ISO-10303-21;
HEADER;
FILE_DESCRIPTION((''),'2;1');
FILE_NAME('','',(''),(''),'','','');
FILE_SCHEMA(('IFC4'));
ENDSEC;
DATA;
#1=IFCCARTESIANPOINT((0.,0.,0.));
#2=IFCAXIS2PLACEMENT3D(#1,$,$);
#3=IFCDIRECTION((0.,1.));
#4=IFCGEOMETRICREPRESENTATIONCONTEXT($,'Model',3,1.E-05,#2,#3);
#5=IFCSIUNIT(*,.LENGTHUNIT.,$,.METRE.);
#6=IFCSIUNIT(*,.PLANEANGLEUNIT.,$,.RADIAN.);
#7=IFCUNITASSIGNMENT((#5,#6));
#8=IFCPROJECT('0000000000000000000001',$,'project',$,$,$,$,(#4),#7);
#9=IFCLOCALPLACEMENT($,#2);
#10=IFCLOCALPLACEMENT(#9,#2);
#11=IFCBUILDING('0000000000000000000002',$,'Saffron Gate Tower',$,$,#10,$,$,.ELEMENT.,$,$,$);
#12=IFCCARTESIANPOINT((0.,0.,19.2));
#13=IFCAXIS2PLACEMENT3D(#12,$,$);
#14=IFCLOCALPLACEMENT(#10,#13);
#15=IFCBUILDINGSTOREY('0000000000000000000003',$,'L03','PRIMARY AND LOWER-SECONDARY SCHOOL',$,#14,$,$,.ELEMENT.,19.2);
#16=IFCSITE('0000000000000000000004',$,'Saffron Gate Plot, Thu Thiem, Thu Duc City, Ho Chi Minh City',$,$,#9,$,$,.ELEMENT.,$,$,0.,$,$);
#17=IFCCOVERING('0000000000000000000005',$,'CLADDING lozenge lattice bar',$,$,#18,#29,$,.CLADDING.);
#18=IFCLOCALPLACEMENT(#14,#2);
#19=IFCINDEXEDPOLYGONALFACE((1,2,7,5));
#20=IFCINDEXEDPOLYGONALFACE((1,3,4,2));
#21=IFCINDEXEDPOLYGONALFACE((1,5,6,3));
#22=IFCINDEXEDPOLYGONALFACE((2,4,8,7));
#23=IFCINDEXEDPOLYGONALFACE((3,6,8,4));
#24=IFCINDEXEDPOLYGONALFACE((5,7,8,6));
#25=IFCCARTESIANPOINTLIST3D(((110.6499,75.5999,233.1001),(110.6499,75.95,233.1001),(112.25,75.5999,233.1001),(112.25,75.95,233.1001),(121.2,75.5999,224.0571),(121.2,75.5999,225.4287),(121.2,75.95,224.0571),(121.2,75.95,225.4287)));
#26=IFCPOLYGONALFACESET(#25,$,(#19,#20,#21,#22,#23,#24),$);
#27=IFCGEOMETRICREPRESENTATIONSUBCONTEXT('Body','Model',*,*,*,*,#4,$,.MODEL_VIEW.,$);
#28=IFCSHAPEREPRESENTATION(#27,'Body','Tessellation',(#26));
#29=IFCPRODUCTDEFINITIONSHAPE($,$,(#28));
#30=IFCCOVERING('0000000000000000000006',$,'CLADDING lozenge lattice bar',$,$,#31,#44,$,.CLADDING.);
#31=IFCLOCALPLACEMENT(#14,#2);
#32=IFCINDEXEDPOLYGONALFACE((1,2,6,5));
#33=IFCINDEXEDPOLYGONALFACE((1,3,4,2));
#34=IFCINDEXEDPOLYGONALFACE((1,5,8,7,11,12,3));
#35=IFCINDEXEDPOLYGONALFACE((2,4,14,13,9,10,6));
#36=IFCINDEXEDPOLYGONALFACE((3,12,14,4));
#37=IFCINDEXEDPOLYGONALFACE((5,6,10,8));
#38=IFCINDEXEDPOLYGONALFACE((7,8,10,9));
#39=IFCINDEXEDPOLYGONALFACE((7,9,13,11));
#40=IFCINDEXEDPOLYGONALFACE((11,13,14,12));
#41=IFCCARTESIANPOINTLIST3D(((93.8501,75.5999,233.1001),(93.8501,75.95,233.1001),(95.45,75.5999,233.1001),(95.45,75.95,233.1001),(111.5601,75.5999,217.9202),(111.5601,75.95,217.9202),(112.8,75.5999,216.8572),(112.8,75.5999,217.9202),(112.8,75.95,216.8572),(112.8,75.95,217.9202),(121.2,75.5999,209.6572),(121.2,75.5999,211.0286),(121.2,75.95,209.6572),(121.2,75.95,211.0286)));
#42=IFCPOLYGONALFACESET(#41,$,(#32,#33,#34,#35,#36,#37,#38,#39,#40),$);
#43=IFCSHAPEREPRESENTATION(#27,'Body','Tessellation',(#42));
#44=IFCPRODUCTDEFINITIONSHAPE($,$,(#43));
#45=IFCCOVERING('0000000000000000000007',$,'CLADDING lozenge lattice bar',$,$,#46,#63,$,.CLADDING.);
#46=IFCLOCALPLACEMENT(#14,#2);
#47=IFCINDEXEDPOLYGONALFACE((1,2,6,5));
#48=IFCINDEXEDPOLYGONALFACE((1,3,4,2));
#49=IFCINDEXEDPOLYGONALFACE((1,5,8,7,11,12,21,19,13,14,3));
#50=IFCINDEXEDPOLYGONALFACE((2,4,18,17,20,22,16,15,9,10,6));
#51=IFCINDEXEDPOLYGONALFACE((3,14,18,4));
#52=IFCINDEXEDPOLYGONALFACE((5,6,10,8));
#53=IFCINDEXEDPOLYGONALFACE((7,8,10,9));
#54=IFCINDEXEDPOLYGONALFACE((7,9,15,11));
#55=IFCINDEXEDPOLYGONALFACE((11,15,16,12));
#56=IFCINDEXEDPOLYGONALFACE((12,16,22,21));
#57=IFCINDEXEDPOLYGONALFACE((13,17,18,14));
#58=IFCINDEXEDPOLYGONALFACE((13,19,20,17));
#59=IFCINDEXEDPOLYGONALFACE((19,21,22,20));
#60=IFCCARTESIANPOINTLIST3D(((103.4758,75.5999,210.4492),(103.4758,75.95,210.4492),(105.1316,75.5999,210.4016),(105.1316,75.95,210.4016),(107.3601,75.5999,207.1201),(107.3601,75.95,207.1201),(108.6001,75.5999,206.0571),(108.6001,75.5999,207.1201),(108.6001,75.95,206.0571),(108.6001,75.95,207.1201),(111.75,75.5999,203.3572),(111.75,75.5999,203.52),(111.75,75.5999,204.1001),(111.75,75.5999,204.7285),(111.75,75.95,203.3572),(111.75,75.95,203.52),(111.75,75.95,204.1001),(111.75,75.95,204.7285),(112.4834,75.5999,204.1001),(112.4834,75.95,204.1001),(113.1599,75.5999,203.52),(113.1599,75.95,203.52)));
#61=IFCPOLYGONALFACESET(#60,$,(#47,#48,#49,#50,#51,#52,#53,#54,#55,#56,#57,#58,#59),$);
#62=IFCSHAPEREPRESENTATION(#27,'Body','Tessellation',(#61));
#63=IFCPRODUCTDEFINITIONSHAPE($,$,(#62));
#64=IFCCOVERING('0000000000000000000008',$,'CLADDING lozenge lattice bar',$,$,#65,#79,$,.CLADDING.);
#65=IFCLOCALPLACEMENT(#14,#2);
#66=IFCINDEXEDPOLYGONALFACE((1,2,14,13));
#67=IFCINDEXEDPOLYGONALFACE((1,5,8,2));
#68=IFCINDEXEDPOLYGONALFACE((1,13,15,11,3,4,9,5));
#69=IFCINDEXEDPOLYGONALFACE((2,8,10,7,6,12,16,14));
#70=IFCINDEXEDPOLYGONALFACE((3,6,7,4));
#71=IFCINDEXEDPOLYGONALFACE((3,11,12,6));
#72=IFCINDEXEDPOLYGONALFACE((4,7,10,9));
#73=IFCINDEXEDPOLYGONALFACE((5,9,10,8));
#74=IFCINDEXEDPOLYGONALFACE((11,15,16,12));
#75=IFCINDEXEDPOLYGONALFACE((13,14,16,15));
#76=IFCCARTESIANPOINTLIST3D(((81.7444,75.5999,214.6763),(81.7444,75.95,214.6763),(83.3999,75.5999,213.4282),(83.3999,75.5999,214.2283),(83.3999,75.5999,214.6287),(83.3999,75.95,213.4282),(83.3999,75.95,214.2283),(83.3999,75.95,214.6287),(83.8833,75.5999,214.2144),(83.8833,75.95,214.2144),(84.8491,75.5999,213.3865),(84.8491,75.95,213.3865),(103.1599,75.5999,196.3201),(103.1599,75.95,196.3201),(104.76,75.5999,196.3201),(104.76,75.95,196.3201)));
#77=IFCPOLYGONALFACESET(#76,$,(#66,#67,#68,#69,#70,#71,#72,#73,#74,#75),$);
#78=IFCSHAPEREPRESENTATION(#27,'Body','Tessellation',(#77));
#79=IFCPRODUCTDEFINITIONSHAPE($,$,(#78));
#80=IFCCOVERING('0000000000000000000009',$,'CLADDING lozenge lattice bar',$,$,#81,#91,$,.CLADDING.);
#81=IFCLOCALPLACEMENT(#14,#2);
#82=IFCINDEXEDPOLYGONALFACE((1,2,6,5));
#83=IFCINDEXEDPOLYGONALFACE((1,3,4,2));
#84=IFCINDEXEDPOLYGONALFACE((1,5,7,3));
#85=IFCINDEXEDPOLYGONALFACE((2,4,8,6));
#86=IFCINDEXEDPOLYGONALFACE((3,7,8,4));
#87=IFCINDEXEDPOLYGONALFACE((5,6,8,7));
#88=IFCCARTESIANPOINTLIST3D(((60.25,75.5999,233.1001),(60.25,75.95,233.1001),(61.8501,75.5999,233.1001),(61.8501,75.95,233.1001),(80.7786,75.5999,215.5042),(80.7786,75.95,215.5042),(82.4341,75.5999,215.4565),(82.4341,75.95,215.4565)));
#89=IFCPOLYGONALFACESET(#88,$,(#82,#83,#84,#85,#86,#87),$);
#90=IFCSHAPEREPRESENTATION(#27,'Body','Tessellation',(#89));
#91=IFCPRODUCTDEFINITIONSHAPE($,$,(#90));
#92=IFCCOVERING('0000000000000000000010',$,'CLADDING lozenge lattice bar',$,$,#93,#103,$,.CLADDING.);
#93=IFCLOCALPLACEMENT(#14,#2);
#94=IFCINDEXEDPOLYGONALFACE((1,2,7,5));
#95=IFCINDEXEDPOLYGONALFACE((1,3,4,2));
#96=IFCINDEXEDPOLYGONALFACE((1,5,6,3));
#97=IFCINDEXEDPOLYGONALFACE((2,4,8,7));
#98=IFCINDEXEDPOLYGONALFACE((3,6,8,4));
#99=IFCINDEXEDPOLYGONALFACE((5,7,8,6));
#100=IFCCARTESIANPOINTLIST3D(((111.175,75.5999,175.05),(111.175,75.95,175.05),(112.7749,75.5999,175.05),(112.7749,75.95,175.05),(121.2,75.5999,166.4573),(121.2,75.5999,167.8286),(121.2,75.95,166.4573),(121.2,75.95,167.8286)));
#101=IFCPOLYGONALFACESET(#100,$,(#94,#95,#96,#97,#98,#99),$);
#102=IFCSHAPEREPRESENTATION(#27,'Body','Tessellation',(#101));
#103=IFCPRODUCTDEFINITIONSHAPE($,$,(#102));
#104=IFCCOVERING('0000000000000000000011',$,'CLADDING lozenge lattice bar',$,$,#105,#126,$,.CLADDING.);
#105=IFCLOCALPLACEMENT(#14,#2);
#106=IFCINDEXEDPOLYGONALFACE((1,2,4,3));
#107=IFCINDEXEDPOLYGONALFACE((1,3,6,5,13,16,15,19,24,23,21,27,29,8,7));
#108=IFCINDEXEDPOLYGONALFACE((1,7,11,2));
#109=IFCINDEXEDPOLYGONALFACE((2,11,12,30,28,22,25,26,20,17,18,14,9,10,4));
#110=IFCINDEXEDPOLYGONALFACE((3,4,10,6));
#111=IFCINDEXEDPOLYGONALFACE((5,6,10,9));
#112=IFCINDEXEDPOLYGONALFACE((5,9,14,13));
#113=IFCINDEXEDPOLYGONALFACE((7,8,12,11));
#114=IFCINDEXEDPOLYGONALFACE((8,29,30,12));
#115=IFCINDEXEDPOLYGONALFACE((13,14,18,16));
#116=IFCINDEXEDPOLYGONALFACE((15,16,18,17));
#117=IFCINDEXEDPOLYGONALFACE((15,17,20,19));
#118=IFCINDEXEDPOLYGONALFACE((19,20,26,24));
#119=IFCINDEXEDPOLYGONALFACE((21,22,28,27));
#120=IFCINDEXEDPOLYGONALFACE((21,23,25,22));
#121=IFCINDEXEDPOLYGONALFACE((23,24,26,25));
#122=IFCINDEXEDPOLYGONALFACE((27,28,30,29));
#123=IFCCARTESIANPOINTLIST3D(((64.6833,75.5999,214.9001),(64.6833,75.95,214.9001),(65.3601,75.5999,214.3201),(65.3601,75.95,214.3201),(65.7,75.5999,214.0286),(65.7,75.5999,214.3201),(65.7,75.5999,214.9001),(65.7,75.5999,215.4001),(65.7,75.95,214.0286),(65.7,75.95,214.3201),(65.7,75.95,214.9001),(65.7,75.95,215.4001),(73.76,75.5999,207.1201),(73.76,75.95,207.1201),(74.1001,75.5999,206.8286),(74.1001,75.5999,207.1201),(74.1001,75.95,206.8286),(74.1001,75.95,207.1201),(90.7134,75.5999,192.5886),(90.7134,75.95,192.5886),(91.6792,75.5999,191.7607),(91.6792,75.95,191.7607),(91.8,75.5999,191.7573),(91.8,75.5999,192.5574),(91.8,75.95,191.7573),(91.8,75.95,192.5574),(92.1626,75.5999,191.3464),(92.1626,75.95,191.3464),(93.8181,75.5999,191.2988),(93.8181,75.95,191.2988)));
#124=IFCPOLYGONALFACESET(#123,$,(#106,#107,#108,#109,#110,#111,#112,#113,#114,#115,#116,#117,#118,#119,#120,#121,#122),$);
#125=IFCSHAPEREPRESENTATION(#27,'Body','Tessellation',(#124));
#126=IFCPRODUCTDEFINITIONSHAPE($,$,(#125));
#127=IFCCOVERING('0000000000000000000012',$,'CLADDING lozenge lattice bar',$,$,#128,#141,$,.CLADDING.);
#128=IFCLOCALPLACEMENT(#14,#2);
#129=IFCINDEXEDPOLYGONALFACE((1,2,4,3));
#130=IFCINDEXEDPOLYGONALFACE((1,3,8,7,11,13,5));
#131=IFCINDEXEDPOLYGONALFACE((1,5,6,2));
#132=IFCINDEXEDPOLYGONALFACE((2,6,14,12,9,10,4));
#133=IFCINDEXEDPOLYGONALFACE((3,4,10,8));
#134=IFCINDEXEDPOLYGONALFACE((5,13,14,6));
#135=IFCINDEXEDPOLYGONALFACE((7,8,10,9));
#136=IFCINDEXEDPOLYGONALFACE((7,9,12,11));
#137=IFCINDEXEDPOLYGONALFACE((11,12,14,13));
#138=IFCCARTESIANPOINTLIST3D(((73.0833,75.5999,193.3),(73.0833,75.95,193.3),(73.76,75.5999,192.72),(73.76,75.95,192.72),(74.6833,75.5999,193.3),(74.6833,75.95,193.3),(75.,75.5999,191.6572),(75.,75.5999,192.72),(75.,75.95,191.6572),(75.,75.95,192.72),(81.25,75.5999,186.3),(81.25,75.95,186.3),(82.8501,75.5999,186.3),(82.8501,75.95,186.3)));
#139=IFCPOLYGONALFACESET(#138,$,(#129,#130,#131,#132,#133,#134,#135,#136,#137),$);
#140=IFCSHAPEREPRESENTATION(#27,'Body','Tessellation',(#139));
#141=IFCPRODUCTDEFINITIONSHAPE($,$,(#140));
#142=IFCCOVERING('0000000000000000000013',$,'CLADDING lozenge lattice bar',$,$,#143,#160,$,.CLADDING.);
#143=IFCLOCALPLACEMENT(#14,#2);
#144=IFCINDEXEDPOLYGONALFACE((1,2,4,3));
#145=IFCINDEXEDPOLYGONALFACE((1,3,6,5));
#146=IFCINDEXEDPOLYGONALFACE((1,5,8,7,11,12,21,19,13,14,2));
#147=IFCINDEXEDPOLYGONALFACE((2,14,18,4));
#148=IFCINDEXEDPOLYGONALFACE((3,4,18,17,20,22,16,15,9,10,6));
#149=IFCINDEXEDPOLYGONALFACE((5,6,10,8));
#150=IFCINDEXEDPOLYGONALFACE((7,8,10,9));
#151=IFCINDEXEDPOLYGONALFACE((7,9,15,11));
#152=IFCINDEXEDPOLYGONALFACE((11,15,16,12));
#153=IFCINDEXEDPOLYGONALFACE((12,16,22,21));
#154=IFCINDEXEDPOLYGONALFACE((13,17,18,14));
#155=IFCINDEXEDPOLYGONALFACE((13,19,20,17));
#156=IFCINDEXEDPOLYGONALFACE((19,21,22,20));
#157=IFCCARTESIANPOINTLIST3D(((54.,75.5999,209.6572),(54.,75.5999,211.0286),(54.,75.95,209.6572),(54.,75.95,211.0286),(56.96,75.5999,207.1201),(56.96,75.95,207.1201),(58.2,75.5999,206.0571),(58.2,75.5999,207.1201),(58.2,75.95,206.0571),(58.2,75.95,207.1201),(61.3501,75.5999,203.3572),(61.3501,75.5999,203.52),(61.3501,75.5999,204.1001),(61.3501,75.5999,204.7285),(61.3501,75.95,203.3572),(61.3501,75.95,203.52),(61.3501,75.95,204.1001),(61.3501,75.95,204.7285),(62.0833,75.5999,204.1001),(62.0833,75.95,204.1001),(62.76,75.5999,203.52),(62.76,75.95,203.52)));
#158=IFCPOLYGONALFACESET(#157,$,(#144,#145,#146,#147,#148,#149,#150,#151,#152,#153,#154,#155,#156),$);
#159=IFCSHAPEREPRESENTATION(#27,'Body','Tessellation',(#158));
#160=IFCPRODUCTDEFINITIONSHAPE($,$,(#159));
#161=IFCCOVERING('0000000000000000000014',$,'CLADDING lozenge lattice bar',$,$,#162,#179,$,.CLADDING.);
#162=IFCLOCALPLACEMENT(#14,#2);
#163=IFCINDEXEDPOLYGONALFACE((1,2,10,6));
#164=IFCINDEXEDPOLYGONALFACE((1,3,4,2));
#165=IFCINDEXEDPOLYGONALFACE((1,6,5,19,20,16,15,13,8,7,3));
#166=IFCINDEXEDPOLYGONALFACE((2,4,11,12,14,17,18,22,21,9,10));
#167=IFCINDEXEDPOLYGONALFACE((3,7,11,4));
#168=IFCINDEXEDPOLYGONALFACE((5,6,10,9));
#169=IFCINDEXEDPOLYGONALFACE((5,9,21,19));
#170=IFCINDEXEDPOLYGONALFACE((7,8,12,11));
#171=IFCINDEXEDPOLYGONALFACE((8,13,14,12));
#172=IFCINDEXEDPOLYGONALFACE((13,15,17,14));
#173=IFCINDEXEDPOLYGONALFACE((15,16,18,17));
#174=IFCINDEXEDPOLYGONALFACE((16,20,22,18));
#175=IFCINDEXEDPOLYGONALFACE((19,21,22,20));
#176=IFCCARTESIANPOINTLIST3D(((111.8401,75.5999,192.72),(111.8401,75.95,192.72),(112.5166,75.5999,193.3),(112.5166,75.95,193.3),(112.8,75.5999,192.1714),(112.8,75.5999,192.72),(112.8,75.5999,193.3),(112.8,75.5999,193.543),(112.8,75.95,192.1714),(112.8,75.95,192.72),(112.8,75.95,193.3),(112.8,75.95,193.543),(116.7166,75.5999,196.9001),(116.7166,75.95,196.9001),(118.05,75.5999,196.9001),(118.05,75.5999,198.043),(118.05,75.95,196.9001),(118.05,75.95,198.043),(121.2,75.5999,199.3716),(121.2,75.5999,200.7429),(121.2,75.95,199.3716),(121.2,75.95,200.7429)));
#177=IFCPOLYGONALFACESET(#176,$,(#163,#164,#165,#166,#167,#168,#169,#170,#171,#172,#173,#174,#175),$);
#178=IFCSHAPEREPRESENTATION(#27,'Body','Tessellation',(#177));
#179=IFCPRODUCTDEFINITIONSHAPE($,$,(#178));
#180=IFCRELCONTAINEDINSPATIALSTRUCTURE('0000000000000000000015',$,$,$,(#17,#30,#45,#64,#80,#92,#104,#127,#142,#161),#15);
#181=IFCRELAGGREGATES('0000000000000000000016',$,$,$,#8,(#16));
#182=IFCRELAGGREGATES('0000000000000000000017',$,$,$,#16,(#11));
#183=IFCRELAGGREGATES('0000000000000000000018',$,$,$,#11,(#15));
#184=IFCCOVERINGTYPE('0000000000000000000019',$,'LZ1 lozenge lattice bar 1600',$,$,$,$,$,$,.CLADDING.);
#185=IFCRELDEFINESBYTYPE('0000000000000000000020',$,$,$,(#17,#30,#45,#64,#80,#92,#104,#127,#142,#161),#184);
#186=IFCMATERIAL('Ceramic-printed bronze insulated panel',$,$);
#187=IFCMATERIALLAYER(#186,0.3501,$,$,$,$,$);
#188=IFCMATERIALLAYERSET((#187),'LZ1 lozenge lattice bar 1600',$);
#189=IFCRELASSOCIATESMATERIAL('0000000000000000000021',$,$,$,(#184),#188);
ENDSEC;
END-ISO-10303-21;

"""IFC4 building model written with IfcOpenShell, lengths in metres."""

from ifc_helpers import new_model, si_unit, direction, frame, origin, place, context, subcontext, project, spatial, polyline, outline, extrude, material, layer, layer_set, type_object, element, save


model = new_model("IFC4")

# Units and contexts
model_context = context("Model", 3, precision=1e-05, world=origin(), true_north=direction((0.0, 1.0)))
body_context = subcontext(model_context, "Body", "Model", "MODEL_VIEW")
ifc_project = project(units=[si_unit("LENGTHUNIT", "METRE"), si_unit("PLANEANGLEUNIT", "RADIAN")], contexts=[model_context])

# Site, building, storey
site_placement = place(None, origin())
site = spatial("IfcSite", under=ifc_project, at=site_placement, Name="Saffron Gate Plot, Thu Thiem, Thu Duc City, Ho Chi Minh City", CompositionType="ELEMENT", RefElevation=0.0)
building_placement = place(site_placement, origin())
building = spatial("IfcBuilding", under=site, at=building_placement, Name="Saffron Gate Tower", CompositionType="ELEMENT")
storey_placement = place(building_placement, frame((0.0, 0.0, 19.2)))
storey = spatial("IfcBuildingStorey", under=building, at=storey_placement, Name="L03", Description="PRIMARY AND LOWER-SECONDARY SCHOOL", CompositionType="ELEMENT", Elevation=19.2)

# Coverings
ifc_material = material(Name="Ceramic-printed bronze insulated panel")
ifc_layer_1 = layer(ifc_material, 0.3501)
ifc_layer_set_1 = layer_set([ifc_layer_1], Name="LZ1 lozenge lattice bar 1600")
covering_type_1 = type_object("IfcCoveringType", Name="LZ1 lozenge lattice bar 1600", PredefinedType="CLADDING", material=ifc_layer_set_1)
covering_1_placement = place(storey_placement, frame((121.2, 75.95, 224.0571), z_axis=(0.0, 1.0, 0.0), x_axis=(-0.759254, 0.0, 0.650794)))
element("IfcCovering", 1, at=covering_1_placement, inside=storey, type_object=covering_type_1, Name="CLADDING lozenge lattice bar", PredefinedType="CLADDING", context=body_context, shape_type="SweptSolid", body=[
    extrude(outline(polyline([(0.0, 0.0), (13.8953, 0.0), (12.6804, 1.0413), (0.8926, 1.0414), (0.0, 0.0)])), origin(), (0.0, 0.0, -1.0), 0.3501),
])
covering_2_placement = place(storey_placement, frame((121.2, 75.95, 209.6572), z_axis=(0.0, 1.0, 0.0), x_axis=(-0.759255, 0.0, 0.650793)))
element("IfcCovering", 2, at=covering_2_placement, inside=storey, type_object=covering_type_1, Name="CLADDING lozenge lattice bar", PredefinedType="CLADDING", context=body_context, shape_type="SweptSolid", body=[
    extrude(outline(polyline([(0.0, 0.0), (11.0633, 0.0), (11.7551, 0.8071), (12.6966, 0.0001), (36.022, 0.0), (34.8073, 1.0412), (0.8925, 1.0412), (0.0, 0.0)])), origin(), (0.0, 0.0, -1.0), 0.3501),
])
covering_3_placement = place(storey_placement, frame((113.1599, 75.95, 203.52), z_axis=(0.0, 1.0, 0.0), x_axis=(-1.0, 0.0, 0.0)))
element("IfcCovering", 3, at=covering_3_placement, inside=storey, type_object=covering_type_1, Name="CLADDING lozenge lattice bar", PredefinedType="CLADDING", context=body_context, shape_type="SweptSolid", body=[
    extrude(outline(polyline([(0.0, 0.0), (1.4099, 0.0), (1.4099, -0.1628), (4.5598, 2.5371), (4.5598, 3.6001), (5.7998, 3.6001), (9.6841, 6.9292), (8.0283, 6.8816), (1.4099, 1.2085), (1.4099, 0.5801), (0.6765, 0.5801), (0.0, 0.0)])), origin(), (0.0, 0.0, -1.0), 0.3501),
])
covering_4_placement = place(storey_placement, frame((104.76, 75.95, 196.3201), z_axis=(0.0, 1.0, 0.0), x_axis=(-1.0, 0.0, 0.0)))
element("IfcCovering", 4, at=covering_4_placement, inside=storey, type_object=covering_type_1, Name="CLADDING lozenge lattice bar", PredefinedType="CLADDING", context=body_context, shape_type="SweptSolid", body=[
    extrude(outline(polyline([(0.0, 0.0), (1.6001, 0.0), (23.0156, 18.3562), (21.3601, 18.3086), (20.8767, 17.8943), (21.3601, 17.9082), (21.3601, 17.1082), (19.9109, 17.0664), (0.0, 0.0)])), origin(), (0.0, 0.0, -1.0), 0.3501),
])
covering_5_placement = place(storey_placement, frame((82.4341, 75.95, 215.4565), z_axis=(0.0, 1.0, 0.0), x_axis=(-0.999587, 0.0, 0.028745)))
element("IfcCovering", 5, at=covering_5_placement, inside=storey, type_object=covering_type_1, Name="CLADDING lozenge lattice bar", PredefinedType="CLADDING", context=body_context, shape_type="SweptSolid", body=[
    extrude(outline(polyline([(0.0, 0.0), (1.6562, 0.0), (22.6821, 16.9986), (21.0826, 17.0446), (0.0, 0.0)])), origin(), (0.0, 0.0, -1.0), 0.3501),
])
covering_6_placement = place(storey_placement, frame((121.2, 75.95, 166.4573), z_axis=(0.0, 1.0, 0.0), x_axis=(-0.759257, 0.0, 0.650791)))
element("IfcCovering", 6, at=covering_6_placement, inside=storey, type_object=covering_type_1, Name="CLADDING lozenge lattice bar", PredefinedType="CLADDING", context=body_context, shape_type="SweptSolid", body=[
    extrude(outline(polyline([(0.0, 0.0), (13.2036, 0.0), (11.9889, 1.0412), (0.8925, 1.0412), (0.0, 0.0)])), origin(), (0.0, 0.0, -1.0), 0.3501),
])
covering_7_placement = place(storey_placement, frame((93.8181, 75.95, 191.2988), z_axis=(0.0, 1.0, 0.0), x_axis=(-0.999587, 0.0, 0.028745)))
element("IfcCovering", 7, at=covering_7_placement, inside=storey, type_object=covering_type_1, Name="CLADDING lozenge lattice bar", PredefinedType="CLADDING", context=body_context, shape_type="SweptSolid", body=[
    extrude(outline(polyline([(0.0, 0.0), (1.6562, 0.0), (2.1513, 0.4002), (2.0304, 0.4003), (2.0534, 1.2), (3.1405, 1.2), (20.1563, 14.9566), (20.1647, 15.248), (20.5046, 15.2382), (28.7599, 21.9121), (28.7683, 22.2035), (29.108, 22.1937), (29.8011, 22.7541), (28.785, 22.7833), (28.7993, 23.2831), (0.0, 0.0)])), origin(), (0.0, 0.0, -1.0), 0.3501),
])
covering_8_placement = place(storey_placement, frame((82.8501, 75.95, 186.3), z_axis=(0.0, 1.0, 0.0), x_axis=(-1.0, 0.0, 0.0)))
element("IfcCovering", 8, at=covering_8_placement, inside=storey, type_object=covering_type_1, Name="CLADDING lozenge lattice bar", PredefinedType="CLADDING", context=body_context, shape_type="SweptSolid", body=[
    extrude(outline(polyline([(0.0, 0.0), (1.6001, 0.0), (7.8501, 5.3572), (7.8501, 6.4199), (9.0901, 6.4199), (9.7668, 7.0), (8.1667, 7.0), (0.0, 0.0)])), origin(), (0.0, 0.0, -1.0), 0.3501),
])
covering_9_placement = place(storey_placement, frame((62.76, 75.95, 203.52), z_axis=(0.0, 1.0, 0.0), x_axis=(-1.0, 0.0, 0.0)))
element("IfcCovering", 9, at=covering_9_placement, inside=storey, type_object=covering_type_1, Name="CLADDING lozenge lattice bar", PredefinedType="CLADDING", context=body_context, shape_type="SweptSolid", body=[
    extrude(outline(polyline([(0.0, 0.0), (1.4099, 0.0), (1.4099, -0.1628), (4.5601, 2.5371), (4.5601, 3.6001), (5.8, 3.6001), (8.76, 6.1372), (8.76, 7.5085), (1.4099, 1.2085), (1.4099, 0.5801), (0.6768, 0.5801), (0.0, 0.0)])), origin(), (0.0, 0.0, -1.0), 0.3501),
])
covering_10_placement = place(storey_placement, frame((112.8, 75.95, 192.1714), z_axis=(0.0, 1.0, 0.0), x_axis=(0.0, 0.0, 1.0)))
element("IfcCovering", 10, at=covering_10_placement, inside=storey, type_object=covering_type_1, Name="CLADDING lozenge lattice bar", PredefinedType="CLADDING", context=body_context, shape_type="SweptSolid", body=[
    extrude(outline(polyline([(0.0, 0.0), (0.5486, 0.0), (0.5486, -0.96), (1.1287, -0.2834), (1.1287, 0.0), (1.3716, 0.0), (4.7288, 3.9165), (4.7288, 5.25), (5.8716, 5.25), (8.5715, 8.3999), (7.2002, 8.3999), (0.0, 0.0)])), origin(), (0.0, 0.0, -1.0), 0.3501),
])

save(model, "model.ifc")
